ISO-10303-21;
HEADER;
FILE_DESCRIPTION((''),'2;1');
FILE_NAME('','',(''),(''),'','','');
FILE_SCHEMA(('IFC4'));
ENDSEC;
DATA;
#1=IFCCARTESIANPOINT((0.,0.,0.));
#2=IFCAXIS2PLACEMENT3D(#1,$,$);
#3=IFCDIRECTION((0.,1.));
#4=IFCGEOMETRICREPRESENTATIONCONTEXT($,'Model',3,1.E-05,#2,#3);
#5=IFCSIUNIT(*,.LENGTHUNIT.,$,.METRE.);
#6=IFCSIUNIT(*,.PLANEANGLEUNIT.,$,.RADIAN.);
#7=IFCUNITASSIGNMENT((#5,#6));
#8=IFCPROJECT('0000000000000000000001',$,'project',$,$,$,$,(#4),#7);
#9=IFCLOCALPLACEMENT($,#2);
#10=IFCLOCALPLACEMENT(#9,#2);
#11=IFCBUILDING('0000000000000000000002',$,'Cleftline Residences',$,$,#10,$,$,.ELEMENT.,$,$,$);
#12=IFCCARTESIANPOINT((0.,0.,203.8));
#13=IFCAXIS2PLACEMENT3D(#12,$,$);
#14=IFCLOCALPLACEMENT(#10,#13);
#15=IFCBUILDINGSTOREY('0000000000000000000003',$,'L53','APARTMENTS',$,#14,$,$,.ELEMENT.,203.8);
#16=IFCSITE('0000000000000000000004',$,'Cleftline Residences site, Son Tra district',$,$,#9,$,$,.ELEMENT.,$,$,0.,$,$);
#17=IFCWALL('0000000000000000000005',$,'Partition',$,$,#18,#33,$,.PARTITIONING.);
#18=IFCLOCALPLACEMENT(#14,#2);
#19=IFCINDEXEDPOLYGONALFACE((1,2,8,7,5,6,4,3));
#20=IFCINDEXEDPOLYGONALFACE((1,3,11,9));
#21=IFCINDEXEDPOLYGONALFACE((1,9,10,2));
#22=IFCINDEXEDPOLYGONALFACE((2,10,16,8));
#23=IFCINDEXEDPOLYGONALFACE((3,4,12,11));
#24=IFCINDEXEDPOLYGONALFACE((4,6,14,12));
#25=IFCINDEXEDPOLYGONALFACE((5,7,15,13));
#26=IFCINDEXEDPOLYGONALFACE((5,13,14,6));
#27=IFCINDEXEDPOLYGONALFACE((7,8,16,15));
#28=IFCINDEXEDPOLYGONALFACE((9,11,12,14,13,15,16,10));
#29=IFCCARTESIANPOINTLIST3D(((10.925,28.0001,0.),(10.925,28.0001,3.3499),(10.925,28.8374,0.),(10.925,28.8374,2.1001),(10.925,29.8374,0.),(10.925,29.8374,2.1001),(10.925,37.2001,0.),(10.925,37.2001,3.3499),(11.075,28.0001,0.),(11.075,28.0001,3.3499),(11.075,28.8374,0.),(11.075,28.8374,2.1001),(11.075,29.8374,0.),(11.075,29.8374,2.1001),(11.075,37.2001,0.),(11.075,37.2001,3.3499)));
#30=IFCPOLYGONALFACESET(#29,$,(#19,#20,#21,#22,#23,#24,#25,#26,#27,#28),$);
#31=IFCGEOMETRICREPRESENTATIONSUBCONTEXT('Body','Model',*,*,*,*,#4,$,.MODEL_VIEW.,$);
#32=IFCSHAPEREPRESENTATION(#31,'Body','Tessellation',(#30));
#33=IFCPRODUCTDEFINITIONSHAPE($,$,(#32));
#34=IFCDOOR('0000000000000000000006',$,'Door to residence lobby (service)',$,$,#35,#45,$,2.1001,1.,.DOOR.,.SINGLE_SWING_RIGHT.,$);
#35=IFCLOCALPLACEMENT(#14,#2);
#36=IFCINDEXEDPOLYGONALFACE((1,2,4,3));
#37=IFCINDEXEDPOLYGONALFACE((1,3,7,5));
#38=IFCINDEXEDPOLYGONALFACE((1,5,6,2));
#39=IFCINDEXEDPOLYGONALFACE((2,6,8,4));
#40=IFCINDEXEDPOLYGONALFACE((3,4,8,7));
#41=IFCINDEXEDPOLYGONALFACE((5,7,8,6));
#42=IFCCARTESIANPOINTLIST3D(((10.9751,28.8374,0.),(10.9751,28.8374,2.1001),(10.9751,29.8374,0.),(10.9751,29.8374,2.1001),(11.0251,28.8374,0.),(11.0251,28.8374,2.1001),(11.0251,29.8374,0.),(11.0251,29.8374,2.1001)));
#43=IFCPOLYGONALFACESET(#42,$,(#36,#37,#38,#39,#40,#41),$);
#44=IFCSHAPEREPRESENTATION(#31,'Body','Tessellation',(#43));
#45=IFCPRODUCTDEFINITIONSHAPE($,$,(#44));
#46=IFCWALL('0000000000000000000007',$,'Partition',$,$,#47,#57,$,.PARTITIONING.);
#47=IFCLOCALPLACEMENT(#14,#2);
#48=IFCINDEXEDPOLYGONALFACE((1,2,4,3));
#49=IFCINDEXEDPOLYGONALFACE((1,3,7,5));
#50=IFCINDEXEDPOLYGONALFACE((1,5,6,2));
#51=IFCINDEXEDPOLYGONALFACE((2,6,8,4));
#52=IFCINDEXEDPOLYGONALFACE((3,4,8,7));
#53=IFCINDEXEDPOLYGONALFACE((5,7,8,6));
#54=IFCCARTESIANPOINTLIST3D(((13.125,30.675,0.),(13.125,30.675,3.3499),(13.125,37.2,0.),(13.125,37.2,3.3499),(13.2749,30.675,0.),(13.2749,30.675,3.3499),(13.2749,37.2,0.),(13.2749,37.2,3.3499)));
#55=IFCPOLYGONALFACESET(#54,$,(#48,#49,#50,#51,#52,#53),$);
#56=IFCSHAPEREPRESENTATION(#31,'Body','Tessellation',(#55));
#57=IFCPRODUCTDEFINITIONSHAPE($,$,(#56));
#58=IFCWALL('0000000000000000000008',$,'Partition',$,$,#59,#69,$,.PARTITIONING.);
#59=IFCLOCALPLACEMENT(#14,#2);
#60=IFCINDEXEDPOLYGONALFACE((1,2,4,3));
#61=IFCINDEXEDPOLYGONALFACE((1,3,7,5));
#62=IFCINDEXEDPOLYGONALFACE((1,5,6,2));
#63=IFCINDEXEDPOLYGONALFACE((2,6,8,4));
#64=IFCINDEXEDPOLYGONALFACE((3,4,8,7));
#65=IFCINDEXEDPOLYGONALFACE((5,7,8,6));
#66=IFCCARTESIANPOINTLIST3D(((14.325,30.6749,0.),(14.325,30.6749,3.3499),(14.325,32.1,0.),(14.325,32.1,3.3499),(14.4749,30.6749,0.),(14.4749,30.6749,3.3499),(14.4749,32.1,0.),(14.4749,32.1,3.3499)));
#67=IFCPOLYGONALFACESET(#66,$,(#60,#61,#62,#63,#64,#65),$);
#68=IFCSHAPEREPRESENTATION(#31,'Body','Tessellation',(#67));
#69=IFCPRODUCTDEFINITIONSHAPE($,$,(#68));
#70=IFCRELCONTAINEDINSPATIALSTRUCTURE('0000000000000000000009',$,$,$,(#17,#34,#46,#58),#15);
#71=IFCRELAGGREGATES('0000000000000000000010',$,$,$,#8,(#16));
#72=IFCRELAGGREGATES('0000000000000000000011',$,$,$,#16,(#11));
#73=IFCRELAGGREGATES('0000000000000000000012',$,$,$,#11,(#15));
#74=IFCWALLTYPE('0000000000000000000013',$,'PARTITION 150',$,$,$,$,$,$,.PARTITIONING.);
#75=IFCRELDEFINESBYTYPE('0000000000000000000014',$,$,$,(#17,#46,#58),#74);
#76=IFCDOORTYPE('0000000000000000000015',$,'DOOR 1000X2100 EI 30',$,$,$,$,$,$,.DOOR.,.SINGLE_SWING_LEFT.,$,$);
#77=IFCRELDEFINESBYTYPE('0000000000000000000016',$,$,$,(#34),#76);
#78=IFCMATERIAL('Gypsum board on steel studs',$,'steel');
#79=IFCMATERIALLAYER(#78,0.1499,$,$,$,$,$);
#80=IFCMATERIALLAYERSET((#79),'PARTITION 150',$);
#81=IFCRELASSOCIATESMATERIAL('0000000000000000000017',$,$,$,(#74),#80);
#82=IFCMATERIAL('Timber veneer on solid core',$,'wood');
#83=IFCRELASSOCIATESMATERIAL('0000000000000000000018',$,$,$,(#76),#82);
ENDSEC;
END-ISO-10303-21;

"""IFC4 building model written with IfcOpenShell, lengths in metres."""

from ifc_helpers import new_model, si_unit, direction, frame, frame_2d, origin, place, context, subcontext, project, spatial, rectangle, extrude, material, layer, layer_set, type_object, element, fill, save


model = new_model("IFC4")

# Units and contexts
model_context = context("Model", 3, precision=1e-05, world=origin(), true_north=direction((0.0, 1.0)))
body_context = subcontext(model_context, "Body", "Model", "MODEL_VIEW")
ifc_project = project(units=[si_unit("LENGTHUNIT", "METRE"), si_unit("PLANEANGLEUNIT", "RADIAN")], contexts=[model_context])

# Site, building, storey
site_placement = place(None, origin())
site = spatial("IfcSite", under=ifc_project, at=site_placement, Name="Cleftline Residences site, Son Tra district", CompositionType="ELEMENT", RefElevation=0.0)
building_placement = place(site_placement, origin())
building = spatial("IfcBuilding", under=site, at=building_placement, Name="Cleftline Residences", CompositionType="ELEMENT")
storey_placement = place(building_placement, frame((0.0, 0.0, 203.8)))
storey = spatial("IfcBuildingStorey", under=building, at=storey_placement, Name="L53", Description="APARTMENTS", CompositionType="ELEMENT", Elevation=203.8)

# Shared definitions
ifc_material_1 = material(Name="Gypsum board on steel studs", Category="steel")
ifc_layer_1 = layer(ifc_material_1, 0.1499)
ifc_layer_set_1 = layer_set([ifc_layer_1], Name="PARTITION 150")
wall_type_1 = type_object("IfcWallType", Name="PARTITION 150", PredefinedType="PARTITIONING", material=ifc_layer_set_1)

# Wall, opening, door
wall_1_placement = place(storey_placement, frame((11.0, 28.0, 0.0), z_axis=(0.0, 0.0, 1.0), x_axis=(0.0, 1.0, 0.0)))
wall_1 = element("IfcWall", 1, at=wall_1_placement, inside=storey, type_object=wall_type_1, Name="Partition", PredefinedType="PARTITIONING", context=body_context, shape_type="SweptSolid", body=[
    extrude(rectangle(XDim=9.2, YDim=0.1499, at=frame_2d((4.6001, 0.0))), origin(), (0.0, 0.0, 1.0), 3.3499),
])
opening_1_placement = place(wall_1_placement, frame((0.8374, 0.0, 0.0)))
opening_1 = element("IfcOpeningElement", 2, at=opening_1_placement, cuts=wall_1, PredefinedType="OPENING", context=body_context, shape_type="SweptSolid", body=[
    extrude(rectangle(XDim=1.0, YDim=2.1001, at=frame_2d((0.5, 1.05))), frame((0.0, 0.085, 0.0), z_axis=(0.0, -1.0, 0.0), x_axis=(1.0, 0.0, 0.0)), (0.0, 0.0, 1.0), 0.1699),
])
ifc_material_2 = material(Name="Timber veneer on solid core", Category="wood")
door_type_1 = type_object("IfcDoorType", Name="DOOR 1000X2100 EI 30", OperationType="SINGLE_SWING_LEFT", PredefinedType="DOOR", material=ifc_material_2)
door_1_placement = place(opening_1_placement, origin())
door_1 = element("IfcDoor", 3, at=door_1_placement, inside=storey, type_object=door_type_1, Name="Door to residence lobby (service)", OperationType="SINGLE_SWING_RIGHT", OverallHeight=2.1001, OverallWidth=1.0, PredefinedType="DOOR", context=body_context, shape_type="SweptSolid", body=[
    extrude(rectangle(XDim=1.0, YDim=2.1001, at=frame_2d((0.5, 1.05))), frame((0.0, 0.0249, 0.0), z_axis=(0.0, -1.0, 0.0), x_axis=(1.0, 0.0, 0.0)), (0.0, 0.0, 1.0), 0.05),
])
fill(opening_1, door_1)

# Walls
wall_2_placement = place(storey_placement, frame((13.2, 30.675, 0.0), z_axis=(0.0, 0.0, 1.0), x_axis=(0.0, 1.0, 0.0)))
element("IfcWall", 4, at=wall_2_placement, inside=storey, type_object=wall_type_1, Name="Partition", PredefinedType="PARTITIONING", context=body_context, shape_type="SweptSolid", body=[
    extrude(rectangle(XDim=6.5249, YDim=0.1499, at=frame_2d((3.2625, 0.0))), origin(), (0.0, 0.0, 1.0), 3.3499),
])
wall_3_placement = place(storey_placement, frame((14.3999, 30.675, 0.0), z_axis=(0.0, 0.0, 1.0), x_axis=(0.0, 1.0, 0.0)))
element("IfcWall", 5, at=wall_3_placement, inside=storey, type_object=wall_type_1, Name="Partition", PredefinedType="PARTITIONING", context=body_context, shape_type="SweptSolid", body=[
    extrude(rectangle(XDim=1.425, YDim=0.1499, at=frame_2d((0.7124, 0.0))), origin(), (0.0, 0.0, 1.0), 3.3499),
])

save(model, "model.ifc")
